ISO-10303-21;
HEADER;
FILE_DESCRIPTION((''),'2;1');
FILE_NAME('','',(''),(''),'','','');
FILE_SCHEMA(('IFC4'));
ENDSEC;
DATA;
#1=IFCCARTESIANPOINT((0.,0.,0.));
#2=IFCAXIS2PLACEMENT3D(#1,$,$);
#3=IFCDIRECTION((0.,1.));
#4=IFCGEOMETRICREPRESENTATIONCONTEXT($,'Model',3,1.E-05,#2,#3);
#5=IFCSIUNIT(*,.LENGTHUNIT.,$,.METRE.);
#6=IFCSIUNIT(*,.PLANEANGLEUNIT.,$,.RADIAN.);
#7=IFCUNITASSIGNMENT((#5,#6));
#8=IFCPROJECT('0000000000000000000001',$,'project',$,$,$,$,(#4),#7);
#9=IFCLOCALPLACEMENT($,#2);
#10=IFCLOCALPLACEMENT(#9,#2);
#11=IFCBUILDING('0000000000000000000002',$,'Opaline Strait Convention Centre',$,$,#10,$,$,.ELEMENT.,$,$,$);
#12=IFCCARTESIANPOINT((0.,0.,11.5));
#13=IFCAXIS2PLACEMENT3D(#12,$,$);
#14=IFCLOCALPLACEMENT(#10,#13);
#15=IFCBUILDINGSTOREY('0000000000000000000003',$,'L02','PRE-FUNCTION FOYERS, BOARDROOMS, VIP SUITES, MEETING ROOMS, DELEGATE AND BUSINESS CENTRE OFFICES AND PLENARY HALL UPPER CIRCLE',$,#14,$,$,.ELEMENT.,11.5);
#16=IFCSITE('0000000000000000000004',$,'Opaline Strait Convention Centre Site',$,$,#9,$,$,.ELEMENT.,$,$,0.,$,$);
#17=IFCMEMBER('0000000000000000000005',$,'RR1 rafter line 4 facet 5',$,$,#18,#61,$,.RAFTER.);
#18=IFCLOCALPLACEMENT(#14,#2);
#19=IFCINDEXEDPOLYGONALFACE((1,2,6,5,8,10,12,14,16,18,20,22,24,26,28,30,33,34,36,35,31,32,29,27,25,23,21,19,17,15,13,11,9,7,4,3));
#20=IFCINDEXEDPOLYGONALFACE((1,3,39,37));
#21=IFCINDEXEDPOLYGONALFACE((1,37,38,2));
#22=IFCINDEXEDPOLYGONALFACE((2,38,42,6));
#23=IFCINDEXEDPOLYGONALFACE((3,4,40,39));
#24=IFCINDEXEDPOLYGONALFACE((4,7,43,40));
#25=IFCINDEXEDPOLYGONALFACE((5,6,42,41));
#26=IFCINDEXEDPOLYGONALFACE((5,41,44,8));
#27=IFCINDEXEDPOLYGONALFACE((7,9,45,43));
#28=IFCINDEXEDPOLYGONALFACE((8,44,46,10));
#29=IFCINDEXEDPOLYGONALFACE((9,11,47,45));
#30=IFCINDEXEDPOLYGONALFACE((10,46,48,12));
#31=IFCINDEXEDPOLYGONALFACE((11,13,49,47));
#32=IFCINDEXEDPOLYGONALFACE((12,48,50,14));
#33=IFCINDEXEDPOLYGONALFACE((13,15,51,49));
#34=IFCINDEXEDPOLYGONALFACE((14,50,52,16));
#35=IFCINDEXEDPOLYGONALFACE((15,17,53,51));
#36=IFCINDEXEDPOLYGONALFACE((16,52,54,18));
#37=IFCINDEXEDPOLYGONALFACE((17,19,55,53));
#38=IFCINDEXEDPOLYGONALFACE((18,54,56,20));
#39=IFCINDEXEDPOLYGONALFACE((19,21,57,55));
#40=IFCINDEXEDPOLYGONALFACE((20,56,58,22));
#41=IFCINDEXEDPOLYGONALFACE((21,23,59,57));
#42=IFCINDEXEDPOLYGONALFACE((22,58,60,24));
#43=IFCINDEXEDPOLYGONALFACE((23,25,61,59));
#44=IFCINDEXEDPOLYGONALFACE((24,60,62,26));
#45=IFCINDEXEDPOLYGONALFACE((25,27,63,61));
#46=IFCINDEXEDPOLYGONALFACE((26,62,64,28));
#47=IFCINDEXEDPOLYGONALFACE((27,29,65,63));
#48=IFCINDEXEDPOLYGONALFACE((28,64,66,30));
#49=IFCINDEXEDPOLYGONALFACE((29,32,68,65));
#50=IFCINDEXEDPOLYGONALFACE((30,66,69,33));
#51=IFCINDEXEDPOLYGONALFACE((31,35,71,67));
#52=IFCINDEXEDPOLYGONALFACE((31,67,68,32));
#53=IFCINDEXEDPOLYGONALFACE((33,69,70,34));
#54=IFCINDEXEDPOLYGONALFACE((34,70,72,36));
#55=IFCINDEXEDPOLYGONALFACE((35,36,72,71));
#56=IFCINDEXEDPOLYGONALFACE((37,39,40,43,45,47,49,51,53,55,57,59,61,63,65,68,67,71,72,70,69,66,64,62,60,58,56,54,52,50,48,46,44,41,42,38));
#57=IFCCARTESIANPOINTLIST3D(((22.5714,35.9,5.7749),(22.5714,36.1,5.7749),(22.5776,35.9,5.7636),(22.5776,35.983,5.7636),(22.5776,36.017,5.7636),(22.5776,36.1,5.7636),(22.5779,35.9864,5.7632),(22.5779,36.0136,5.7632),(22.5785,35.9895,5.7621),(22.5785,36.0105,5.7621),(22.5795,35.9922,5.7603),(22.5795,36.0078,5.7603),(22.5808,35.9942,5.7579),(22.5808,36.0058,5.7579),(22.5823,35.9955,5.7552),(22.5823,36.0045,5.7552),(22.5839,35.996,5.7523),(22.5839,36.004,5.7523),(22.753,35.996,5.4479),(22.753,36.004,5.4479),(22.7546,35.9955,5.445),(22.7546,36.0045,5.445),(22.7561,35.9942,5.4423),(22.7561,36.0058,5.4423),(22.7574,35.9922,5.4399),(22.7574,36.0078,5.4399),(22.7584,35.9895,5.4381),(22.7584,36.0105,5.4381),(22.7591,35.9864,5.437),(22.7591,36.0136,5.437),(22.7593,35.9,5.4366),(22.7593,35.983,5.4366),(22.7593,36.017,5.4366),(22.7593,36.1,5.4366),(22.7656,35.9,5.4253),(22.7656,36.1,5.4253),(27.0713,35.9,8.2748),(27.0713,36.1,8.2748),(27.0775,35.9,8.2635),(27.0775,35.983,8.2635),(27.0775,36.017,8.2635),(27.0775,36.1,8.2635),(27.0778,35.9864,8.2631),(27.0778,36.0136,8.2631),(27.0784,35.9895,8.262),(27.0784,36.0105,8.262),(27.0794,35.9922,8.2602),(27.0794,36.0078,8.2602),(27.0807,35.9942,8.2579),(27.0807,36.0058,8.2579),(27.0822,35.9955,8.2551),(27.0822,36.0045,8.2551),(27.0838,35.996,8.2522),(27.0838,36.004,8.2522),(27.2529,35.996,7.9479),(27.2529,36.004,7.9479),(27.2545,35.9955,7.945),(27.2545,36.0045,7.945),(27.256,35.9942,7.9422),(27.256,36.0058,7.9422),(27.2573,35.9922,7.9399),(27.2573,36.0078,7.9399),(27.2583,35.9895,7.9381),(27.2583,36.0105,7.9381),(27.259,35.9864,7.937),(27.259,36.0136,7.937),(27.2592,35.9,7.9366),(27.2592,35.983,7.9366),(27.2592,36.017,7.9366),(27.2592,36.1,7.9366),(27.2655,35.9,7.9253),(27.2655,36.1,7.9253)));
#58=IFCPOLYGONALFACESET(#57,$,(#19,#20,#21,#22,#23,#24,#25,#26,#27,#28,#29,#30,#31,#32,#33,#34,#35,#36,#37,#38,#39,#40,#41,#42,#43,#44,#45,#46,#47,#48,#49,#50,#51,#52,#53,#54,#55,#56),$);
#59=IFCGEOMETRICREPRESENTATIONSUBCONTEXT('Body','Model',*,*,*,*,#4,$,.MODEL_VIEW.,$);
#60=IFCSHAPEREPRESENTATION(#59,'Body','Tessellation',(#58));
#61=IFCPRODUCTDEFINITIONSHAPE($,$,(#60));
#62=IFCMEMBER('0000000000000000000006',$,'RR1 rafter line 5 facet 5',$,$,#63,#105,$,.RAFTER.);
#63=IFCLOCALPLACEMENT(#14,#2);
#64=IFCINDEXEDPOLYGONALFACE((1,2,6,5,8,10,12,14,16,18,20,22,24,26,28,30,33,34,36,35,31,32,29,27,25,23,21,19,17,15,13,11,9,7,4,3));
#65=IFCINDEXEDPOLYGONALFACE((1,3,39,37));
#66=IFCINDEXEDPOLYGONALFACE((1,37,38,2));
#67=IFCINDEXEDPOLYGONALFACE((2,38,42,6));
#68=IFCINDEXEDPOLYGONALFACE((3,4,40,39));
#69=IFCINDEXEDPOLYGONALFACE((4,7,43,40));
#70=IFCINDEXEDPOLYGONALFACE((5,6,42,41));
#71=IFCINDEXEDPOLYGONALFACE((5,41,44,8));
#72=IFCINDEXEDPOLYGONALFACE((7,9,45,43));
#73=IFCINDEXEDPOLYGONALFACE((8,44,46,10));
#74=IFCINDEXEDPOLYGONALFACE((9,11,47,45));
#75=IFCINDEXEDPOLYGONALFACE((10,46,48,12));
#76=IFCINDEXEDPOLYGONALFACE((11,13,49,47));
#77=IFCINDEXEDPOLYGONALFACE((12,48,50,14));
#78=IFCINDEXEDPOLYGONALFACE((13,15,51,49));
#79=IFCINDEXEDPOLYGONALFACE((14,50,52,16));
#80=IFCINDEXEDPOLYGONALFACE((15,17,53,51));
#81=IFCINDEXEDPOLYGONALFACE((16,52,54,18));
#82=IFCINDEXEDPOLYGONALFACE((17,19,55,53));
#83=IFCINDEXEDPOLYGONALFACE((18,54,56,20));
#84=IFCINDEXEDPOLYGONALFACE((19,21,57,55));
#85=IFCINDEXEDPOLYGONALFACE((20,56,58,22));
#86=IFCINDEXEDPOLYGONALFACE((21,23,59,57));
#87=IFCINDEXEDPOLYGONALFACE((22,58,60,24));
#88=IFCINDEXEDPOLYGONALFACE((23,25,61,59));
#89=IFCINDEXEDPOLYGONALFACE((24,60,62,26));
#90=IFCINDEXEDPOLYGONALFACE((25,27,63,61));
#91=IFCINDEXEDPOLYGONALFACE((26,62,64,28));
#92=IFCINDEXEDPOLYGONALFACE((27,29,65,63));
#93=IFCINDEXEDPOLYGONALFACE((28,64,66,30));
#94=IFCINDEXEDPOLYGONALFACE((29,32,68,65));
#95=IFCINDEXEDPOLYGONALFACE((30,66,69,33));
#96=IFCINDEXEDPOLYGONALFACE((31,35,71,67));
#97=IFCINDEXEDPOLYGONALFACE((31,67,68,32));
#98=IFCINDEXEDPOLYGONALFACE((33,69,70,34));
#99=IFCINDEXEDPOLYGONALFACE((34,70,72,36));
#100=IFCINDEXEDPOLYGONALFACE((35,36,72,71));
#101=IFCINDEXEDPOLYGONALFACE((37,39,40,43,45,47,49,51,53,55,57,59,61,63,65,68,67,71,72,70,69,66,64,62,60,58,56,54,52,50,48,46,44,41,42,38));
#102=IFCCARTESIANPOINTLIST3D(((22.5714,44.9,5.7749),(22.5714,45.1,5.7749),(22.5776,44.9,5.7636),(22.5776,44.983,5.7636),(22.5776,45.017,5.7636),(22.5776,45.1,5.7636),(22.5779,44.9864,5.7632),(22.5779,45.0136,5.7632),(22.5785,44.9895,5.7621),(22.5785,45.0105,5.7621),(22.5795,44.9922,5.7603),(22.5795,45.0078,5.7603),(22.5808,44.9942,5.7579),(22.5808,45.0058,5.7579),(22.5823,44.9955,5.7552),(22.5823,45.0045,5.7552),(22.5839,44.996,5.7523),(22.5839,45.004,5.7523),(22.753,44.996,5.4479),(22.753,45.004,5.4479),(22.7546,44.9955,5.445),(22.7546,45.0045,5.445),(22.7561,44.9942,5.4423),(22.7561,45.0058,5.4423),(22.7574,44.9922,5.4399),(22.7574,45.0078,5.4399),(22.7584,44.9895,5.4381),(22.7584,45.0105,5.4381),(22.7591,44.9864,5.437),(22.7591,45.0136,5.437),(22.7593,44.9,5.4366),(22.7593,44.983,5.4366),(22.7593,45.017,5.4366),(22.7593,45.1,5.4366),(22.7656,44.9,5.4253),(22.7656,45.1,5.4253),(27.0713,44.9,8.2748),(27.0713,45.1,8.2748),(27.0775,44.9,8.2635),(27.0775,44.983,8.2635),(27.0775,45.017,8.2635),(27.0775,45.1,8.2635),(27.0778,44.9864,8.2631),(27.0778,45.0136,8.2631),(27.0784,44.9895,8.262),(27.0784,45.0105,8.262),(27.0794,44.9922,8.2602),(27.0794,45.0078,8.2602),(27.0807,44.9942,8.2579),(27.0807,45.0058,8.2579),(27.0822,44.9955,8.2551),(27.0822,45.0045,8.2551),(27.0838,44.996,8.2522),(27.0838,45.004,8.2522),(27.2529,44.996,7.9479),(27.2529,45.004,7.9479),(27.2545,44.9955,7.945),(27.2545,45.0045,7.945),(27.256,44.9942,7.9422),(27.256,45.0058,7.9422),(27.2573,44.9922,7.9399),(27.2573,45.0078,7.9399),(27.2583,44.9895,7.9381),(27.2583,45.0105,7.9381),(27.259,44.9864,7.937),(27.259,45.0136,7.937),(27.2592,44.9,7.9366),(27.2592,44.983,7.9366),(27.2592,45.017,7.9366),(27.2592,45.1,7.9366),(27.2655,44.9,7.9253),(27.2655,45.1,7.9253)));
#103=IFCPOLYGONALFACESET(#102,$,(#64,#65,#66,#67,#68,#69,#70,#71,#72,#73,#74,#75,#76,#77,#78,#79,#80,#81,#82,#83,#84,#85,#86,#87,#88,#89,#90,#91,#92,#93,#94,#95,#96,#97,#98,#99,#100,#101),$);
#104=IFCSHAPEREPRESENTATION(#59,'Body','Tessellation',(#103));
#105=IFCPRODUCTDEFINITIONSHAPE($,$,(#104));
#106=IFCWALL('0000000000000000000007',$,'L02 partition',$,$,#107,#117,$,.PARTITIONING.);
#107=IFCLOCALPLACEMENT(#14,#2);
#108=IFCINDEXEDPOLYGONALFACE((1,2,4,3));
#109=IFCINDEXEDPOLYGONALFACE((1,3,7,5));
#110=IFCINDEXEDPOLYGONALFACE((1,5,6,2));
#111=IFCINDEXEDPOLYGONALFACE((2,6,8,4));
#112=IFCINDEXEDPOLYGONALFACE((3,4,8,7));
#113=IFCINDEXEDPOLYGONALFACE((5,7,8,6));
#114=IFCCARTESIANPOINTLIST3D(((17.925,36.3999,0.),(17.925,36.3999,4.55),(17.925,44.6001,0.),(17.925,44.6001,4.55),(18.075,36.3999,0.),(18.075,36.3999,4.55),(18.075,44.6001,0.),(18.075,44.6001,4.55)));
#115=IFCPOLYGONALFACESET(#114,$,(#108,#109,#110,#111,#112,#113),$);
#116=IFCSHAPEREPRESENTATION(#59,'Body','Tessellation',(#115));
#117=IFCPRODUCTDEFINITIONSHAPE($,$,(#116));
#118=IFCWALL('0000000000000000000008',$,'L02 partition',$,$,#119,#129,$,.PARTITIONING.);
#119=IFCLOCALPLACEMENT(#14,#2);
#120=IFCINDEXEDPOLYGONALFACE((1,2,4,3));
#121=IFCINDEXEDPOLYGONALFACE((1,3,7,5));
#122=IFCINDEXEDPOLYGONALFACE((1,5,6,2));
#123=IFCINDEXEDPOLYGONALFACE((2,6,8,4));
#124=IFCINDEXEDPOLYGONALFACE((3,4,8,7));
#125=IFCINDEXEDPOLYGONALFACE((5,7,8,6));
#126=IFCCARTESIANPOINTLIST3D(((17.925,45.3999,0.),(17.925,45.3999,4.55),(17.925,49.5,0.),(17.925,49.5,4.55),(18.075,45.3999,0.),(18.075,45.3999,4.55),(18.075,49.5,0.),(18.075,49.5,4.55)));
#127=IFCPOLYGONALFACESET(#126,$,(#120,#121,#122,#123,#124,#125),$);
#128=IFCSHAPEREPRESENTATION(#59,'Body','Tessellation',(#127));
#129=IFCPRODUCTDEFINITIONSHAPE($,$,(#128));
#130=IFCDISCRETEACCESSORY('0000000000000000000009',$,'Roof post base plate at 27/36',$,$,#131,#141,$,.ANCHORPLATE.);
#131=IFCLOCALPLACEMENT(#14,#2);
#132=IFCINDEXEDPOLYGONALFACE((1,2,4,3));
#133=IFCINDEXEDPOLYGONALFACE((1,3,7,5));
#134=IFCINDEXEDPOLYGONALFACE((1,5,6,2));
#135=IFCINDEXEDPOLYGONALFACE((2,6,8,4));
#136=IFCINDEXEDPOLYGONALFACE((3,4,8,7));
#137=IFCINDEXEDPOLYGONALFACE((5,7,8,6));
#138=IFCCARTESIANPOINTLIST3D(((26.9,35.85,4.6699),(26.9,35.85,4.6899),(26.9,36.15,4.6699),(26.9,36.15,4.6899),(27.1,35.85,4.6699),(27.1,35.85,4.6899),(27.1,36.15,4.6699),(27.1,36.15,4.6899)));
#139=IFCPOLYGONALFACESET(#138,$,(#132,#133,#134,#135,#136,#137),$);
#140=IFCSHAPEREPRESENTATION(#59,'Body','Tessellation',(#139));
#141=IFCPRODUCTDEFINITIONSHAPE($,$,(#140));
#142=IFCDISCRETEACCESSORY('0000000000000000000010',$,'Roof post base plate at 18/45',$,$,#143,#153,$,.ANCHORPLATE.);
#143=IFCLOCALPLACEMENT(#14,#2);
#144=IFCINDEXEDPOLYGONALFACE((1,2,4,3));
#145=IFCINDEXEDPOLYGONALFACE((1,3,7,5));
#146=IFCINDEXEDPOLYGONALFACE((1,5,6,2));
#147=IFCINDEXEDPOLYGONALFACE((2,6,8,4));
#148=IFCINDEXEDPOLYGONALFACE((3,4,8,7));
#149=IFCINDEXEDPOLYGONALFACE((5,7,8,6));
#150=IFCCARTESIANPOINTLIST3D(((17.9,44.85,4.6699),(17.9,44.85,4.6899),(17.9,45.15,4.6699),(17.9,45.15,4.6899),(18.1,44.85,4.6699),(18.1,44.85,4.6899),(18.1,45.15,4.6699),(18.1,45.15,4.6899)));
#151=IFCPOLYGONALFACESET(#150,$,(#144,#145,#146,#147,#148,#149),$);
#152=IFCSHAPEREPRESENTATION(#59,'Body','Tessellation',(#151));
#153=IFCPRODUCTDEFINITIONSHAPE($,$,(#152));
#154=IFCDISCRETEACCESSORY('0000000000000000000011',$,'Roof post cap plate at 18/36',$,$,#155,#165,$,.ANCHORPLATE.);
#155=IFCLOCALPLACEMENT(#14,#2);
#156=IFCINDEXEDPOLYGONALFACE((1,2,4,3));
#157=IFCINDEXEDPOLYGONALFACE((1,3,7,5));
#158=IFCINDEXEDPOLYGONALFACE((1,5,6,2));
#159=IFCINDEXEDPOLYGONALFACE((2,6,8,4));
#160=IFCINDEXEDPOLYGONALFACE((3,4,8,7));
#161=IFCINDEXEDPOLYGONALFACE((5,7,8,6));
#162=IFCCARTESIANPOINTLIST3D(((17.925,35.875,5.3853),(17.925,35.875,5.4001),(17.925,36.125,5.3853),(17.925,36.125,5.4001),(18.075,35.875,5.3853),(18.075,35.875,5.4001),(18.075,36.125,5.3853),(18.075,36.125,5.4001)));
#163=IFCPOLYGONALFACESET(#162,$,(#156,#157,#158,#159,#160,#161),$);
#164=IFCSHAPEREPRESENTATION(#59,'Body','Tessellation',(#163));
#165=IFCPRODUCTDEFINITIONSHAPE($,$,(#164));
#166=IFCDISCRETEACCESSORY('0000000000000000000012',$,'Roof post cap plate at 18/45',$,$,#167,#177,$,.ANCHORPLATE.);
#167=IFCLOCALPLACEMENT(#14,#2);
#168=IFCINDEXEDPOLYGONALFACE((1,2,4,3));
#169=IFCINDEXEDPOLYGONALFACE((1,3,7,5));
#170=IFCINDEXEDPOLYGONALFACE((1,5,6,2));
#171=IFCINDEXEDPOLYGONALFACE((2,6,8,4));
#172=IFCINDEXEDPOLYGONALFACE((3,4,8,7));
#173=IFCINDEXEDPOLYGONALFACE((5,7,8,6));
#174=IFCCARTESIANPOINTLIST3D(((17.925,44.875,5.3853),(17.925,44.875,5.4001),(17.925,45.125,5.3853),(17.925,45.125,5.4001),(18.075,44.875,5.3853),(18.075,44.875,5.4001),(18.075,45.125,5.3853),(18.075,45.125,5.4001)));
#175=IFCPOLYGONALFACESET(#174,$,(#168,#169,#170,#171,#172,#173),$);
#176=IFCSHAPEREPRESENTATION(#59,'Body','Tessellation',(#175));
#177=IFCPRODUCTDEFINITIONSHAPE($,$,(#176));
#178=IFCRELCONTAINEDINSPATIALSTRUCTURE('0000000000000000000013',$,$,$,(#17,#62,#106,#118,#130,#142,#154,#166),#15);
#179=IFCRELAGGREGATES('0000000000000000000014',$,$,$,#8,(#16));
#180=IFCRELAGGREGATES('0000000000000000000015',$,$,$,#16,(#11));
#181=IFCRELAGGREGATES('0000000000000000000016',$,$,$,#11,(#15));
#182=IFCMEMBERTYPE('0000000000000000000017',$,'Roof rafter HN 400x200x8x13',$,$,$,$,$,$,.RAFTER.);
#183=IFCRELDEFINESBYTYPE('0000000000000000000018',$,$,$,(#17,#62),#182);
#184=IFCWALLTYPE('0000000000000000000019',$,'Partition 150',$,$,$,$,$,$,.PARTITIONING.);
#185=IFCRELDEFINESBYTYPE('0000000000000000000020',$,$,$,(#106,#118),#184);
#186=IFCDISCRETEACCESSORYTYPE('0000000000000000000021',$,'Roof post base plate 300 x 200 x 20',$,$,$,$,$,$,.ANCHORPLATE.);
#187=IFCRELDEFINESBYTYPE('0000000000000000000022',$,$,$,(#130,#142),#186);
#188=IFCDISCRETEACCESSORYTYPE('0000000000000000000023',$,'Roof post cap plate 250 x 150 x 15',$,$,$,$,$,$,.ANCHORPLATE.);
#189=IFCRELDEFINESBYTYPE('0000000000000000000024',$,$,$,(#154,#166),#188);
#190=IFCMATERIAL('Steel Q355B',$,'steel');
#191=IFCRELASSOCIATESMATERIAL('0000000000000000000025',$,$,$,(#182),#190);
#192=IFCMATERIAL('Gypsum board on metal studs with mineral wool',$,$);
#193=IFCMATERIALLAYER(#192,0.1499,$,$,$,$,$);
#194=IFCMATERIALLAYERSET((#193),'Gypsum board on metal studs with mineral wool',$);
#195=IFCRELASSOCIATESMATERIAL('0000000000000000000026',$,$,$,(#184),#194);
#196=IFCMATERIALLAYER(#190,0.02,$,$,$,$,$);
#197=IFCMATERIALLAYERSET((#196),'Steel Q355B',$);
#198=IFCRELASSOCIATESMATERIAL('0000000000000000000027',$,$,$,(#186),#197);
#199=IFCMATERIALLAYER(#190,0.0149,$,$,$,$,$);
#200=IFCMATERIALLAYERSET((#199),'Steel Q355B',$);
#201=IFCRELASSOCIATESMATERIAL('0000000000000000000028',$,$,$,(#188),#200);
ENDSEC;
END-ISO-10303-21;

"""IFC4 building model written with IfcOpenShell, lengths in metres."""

from ifc_helpers import new_model, si_unit, direction, frame, frame_2d, origin, origin_2d, place, context, subcontext, project, spatial, rectangle, i_section, extrude, material, layer, layer_set, material_profile, profile_set, type_object, element, save


model = new_model("IFC4")

# Units and contexts
model_context = context("Model", 3, precision=1e-05, world=origin(), true_north=direction((0.0, 1.0)))
body_context = subcontext(model_context, "Body", "Model", "MODEL_VIEW")
ifc_project = project(units=[si_unit("LENGTHUNIT", "METRE"), si_unit("PLANEANGLEUNIT", "RADIAN")], contexts=[model_context])

# Site, building, storey
site_placement = place(None, origin())
site = spatial("IfcSite", under=ifc_project, at=site_placement, Name="Opaline Strait Convention Centre Site", CompositionType="ELEMENT", RefElevation=0.0)
building_placement = place(site_placement, origin())
building = spatial("IfcBuilding", under=site, at=building_placement, Name="Opaline Strait Convention Centre", CompositionType="ELEMENT")
storey_placement = place(building_placement, frame((0.0, 0.0, 11.5)))
storey = spatial("IfcBuildingStorey", under=building, at=storey_placement, Name="L02", Description="PRE-FUNCTION FOYERS, BOARDROOMS, VIP SUITES, MEETING ROOMS, DELEGATE AND BUSINESS CENTRE OFFICES AND PLENARY HALL UPPER CIRCLE", CompositionType="ELEMENT", Elevation=11.5)

# Shared definitions
ifc_material_1 = material(Name="Steel Q355B", Category="steel")

# Members
ifc_material_profile_1 = material_profile(ifc_material_1, i_section(OverallWidth=0.2, OverallDepth=0.3999, WebThickness=0.0081, FlangeThickness=0.0129, FilletRadius=0.0129, at=origin_2d()), Name="HN 400x200x8x13")
ifc_profile_set_1 = profile_set([ifc_material_profile_1], Name="Steel Q355B")
member_type_1 = type_object("IfcMemberType", Name="Roof rafter HN 400x200x8x13", PredefinedType="RAFTER", material=ifc_profile_set_1)
for number, where, z_axis, x_axis, name in (
    (1, (22.6685, 36.0, 5.6001), (0.874157, 0.0, 0.485643), (0.0, 1.0, 0.0), "RR1 rafter line 4 facet 5"),
    (2, (22.6685, 45.0, 5.6001), (0.874157, 0.0, 0.485643), (0.0, 1.0, 0.0), "RR1 rafter line 5 facet 5"),
):
    element("IfcMember", number, at=place(storey_placement, frame(where, z_axis=z_axis, x_axis=x_axis)), inside=storey, type_object=member_type_1, Name=name, PredefinedType="RAFTER", context=body_context, shape_type="SweptSolid", body=[
        extrude(i_section(OverallWidth=0.2, OverallDepth=0.3999, WebThickness=0.0081, FlangeThickness=0.0129, FilletRadius=0.0129, at=origin_2d()), origin(), (0.0, 0.0, 1.0), 5.1477),
    ])

# Walls
ifc_material_2 = material(Name="Gypsum board on metal studs with mineral wool")
ifc_layer_1 = layer(ifc_material_2, 0.1499)
ifc_layer_set_1 = layer_set([ifc_layer_1], Name="Gypsum board on metal studs with mineral wool")
wall_type = type_object("IfcWallType", Name="Partition 150", PredefinedType="PARTITIONING", material=ifc_layer_set_1)
wall_1_placement = place(storey_placement, frame((18.0, 36.3999, 0.0), z_axis=(0.0, 0.0, 1.0), x_axis=(0.0, 1.0, 0.0)))
element("IfcWall", 3, at=wall_1_placement, inside=storey, type_object=wall_type, Name="L02 partition", PredefinedType="PARTITIONING", context=body_context, shape_type="SweptSolid", body=[
    extrude(rectangle(XDim=8.2002, YDim=0.1499, at=frame_2d((4.1001, 0.0))), origin(), (0.0, 0.0, 1.0), 4.55),
])
wall_2_placement = place(storey_placement, frame((18.0, 45.3999, 0.0), z_axis=(0.0, 0.0, 1.0), x_axis=(0.0, 1.0, 0.0)))
element("IfcWall", 4, at=wall_2_placement, inside=storey, type_object=wall_type, Name="L02 partition", PredefinedType="PARTITIONING", context=body_context, shape_type="SweptSolid", body=[
    extrude(rectangle(XDim=4.1001, YDim=0.1499, at=frame_2d((2.05, 0.0))), origin(), (0.0, 0.0, 1.0), 4.55),
])

# Discrete accessories
ifc_layer_2 = layer(ifc_material_1, 0.02)
ifc_layer_set_2 = layer_set([ifc_layer_2], Name="Steel Q355B")
discrete_accessory_type_1 = type_object("IfcDiscreteAccessoryType", Name="Roof post base plate 300 x 200 x 20", PredefinedType="ANCHORPLATE", material=ifc_layer_set_2)
for number, where, z_axis, x_axis, name in (
    (5, (27.0, 36.0, 4.6699), (0.0, 0.0, 1.0), (1.0, 0.0, 0.0), "Roof post base plate at 27/36"),
    (6, (18.0, 45.0, 4.6699), (0.0, 0.0, 1.0), (1.0, 0.0, 0.0), "Roof post base plate at 18/45"),
):
    element("IfcDiscreteAccessory", number, at=place(storey_placement, frame(where, z_axis=z_axis, x_axis=x_axis)), inside=storey, type_object=discrete_accessory_type_1, Name=name, PredefinedType="ANCHORPLATE", context=body_context, shape_type="SweptSolid", body=[
        extrude(rectangle(XDim=0.2, YDim=0.3, at=origin_2d()), origin(), (0.0, 0.0, 1.0), 0.02),
    ])
ifc_layer_3 = layer(ifc_material_1, 0.0149)
ifc_layer_set_3 = layer_set([ifc_layer_3], Name="Steel Q355B")
discrete_accessory_type_2 = type_object("IfcDiscreteAccessoryType", Name="Roof post cap plate 250 x 150 x 15", PredefinedType="ANCHORPLATE", material=ifc_layer_set_3)
for number, where, z_axis, x_axis, name in (
    (7, (18.0, 36.0, 5.3853), (0.0, 0.0, 1.0), (1.0, 0.0, 0.0), "Roof post cap plate at 18/36"),
    (8, (18.0, 45.0, 5.3853), (0.0, 0.0, 1.0), (1.0, 0.0, 0.0), "Roof post cap plate at 18/45"),
):
    element("IfcDiscreteAccessory", number, at=place(storey_placement, frame(where, z_axis=z_axis, x_axis=x_axis)), inside=storey, type_object=discrete_accessory_type_2, Name=name, PredefinedType="ANCHORPLATE", context=body_context, shape_type="SweptSolid", body=[
        extrude(rectangle(XDim=0.1499, YDim=0.25, at=origin_2d()), origin(), (0.0, 0.0, 1.0), 0.0149),
    ])

save(model, "model.ifc")
